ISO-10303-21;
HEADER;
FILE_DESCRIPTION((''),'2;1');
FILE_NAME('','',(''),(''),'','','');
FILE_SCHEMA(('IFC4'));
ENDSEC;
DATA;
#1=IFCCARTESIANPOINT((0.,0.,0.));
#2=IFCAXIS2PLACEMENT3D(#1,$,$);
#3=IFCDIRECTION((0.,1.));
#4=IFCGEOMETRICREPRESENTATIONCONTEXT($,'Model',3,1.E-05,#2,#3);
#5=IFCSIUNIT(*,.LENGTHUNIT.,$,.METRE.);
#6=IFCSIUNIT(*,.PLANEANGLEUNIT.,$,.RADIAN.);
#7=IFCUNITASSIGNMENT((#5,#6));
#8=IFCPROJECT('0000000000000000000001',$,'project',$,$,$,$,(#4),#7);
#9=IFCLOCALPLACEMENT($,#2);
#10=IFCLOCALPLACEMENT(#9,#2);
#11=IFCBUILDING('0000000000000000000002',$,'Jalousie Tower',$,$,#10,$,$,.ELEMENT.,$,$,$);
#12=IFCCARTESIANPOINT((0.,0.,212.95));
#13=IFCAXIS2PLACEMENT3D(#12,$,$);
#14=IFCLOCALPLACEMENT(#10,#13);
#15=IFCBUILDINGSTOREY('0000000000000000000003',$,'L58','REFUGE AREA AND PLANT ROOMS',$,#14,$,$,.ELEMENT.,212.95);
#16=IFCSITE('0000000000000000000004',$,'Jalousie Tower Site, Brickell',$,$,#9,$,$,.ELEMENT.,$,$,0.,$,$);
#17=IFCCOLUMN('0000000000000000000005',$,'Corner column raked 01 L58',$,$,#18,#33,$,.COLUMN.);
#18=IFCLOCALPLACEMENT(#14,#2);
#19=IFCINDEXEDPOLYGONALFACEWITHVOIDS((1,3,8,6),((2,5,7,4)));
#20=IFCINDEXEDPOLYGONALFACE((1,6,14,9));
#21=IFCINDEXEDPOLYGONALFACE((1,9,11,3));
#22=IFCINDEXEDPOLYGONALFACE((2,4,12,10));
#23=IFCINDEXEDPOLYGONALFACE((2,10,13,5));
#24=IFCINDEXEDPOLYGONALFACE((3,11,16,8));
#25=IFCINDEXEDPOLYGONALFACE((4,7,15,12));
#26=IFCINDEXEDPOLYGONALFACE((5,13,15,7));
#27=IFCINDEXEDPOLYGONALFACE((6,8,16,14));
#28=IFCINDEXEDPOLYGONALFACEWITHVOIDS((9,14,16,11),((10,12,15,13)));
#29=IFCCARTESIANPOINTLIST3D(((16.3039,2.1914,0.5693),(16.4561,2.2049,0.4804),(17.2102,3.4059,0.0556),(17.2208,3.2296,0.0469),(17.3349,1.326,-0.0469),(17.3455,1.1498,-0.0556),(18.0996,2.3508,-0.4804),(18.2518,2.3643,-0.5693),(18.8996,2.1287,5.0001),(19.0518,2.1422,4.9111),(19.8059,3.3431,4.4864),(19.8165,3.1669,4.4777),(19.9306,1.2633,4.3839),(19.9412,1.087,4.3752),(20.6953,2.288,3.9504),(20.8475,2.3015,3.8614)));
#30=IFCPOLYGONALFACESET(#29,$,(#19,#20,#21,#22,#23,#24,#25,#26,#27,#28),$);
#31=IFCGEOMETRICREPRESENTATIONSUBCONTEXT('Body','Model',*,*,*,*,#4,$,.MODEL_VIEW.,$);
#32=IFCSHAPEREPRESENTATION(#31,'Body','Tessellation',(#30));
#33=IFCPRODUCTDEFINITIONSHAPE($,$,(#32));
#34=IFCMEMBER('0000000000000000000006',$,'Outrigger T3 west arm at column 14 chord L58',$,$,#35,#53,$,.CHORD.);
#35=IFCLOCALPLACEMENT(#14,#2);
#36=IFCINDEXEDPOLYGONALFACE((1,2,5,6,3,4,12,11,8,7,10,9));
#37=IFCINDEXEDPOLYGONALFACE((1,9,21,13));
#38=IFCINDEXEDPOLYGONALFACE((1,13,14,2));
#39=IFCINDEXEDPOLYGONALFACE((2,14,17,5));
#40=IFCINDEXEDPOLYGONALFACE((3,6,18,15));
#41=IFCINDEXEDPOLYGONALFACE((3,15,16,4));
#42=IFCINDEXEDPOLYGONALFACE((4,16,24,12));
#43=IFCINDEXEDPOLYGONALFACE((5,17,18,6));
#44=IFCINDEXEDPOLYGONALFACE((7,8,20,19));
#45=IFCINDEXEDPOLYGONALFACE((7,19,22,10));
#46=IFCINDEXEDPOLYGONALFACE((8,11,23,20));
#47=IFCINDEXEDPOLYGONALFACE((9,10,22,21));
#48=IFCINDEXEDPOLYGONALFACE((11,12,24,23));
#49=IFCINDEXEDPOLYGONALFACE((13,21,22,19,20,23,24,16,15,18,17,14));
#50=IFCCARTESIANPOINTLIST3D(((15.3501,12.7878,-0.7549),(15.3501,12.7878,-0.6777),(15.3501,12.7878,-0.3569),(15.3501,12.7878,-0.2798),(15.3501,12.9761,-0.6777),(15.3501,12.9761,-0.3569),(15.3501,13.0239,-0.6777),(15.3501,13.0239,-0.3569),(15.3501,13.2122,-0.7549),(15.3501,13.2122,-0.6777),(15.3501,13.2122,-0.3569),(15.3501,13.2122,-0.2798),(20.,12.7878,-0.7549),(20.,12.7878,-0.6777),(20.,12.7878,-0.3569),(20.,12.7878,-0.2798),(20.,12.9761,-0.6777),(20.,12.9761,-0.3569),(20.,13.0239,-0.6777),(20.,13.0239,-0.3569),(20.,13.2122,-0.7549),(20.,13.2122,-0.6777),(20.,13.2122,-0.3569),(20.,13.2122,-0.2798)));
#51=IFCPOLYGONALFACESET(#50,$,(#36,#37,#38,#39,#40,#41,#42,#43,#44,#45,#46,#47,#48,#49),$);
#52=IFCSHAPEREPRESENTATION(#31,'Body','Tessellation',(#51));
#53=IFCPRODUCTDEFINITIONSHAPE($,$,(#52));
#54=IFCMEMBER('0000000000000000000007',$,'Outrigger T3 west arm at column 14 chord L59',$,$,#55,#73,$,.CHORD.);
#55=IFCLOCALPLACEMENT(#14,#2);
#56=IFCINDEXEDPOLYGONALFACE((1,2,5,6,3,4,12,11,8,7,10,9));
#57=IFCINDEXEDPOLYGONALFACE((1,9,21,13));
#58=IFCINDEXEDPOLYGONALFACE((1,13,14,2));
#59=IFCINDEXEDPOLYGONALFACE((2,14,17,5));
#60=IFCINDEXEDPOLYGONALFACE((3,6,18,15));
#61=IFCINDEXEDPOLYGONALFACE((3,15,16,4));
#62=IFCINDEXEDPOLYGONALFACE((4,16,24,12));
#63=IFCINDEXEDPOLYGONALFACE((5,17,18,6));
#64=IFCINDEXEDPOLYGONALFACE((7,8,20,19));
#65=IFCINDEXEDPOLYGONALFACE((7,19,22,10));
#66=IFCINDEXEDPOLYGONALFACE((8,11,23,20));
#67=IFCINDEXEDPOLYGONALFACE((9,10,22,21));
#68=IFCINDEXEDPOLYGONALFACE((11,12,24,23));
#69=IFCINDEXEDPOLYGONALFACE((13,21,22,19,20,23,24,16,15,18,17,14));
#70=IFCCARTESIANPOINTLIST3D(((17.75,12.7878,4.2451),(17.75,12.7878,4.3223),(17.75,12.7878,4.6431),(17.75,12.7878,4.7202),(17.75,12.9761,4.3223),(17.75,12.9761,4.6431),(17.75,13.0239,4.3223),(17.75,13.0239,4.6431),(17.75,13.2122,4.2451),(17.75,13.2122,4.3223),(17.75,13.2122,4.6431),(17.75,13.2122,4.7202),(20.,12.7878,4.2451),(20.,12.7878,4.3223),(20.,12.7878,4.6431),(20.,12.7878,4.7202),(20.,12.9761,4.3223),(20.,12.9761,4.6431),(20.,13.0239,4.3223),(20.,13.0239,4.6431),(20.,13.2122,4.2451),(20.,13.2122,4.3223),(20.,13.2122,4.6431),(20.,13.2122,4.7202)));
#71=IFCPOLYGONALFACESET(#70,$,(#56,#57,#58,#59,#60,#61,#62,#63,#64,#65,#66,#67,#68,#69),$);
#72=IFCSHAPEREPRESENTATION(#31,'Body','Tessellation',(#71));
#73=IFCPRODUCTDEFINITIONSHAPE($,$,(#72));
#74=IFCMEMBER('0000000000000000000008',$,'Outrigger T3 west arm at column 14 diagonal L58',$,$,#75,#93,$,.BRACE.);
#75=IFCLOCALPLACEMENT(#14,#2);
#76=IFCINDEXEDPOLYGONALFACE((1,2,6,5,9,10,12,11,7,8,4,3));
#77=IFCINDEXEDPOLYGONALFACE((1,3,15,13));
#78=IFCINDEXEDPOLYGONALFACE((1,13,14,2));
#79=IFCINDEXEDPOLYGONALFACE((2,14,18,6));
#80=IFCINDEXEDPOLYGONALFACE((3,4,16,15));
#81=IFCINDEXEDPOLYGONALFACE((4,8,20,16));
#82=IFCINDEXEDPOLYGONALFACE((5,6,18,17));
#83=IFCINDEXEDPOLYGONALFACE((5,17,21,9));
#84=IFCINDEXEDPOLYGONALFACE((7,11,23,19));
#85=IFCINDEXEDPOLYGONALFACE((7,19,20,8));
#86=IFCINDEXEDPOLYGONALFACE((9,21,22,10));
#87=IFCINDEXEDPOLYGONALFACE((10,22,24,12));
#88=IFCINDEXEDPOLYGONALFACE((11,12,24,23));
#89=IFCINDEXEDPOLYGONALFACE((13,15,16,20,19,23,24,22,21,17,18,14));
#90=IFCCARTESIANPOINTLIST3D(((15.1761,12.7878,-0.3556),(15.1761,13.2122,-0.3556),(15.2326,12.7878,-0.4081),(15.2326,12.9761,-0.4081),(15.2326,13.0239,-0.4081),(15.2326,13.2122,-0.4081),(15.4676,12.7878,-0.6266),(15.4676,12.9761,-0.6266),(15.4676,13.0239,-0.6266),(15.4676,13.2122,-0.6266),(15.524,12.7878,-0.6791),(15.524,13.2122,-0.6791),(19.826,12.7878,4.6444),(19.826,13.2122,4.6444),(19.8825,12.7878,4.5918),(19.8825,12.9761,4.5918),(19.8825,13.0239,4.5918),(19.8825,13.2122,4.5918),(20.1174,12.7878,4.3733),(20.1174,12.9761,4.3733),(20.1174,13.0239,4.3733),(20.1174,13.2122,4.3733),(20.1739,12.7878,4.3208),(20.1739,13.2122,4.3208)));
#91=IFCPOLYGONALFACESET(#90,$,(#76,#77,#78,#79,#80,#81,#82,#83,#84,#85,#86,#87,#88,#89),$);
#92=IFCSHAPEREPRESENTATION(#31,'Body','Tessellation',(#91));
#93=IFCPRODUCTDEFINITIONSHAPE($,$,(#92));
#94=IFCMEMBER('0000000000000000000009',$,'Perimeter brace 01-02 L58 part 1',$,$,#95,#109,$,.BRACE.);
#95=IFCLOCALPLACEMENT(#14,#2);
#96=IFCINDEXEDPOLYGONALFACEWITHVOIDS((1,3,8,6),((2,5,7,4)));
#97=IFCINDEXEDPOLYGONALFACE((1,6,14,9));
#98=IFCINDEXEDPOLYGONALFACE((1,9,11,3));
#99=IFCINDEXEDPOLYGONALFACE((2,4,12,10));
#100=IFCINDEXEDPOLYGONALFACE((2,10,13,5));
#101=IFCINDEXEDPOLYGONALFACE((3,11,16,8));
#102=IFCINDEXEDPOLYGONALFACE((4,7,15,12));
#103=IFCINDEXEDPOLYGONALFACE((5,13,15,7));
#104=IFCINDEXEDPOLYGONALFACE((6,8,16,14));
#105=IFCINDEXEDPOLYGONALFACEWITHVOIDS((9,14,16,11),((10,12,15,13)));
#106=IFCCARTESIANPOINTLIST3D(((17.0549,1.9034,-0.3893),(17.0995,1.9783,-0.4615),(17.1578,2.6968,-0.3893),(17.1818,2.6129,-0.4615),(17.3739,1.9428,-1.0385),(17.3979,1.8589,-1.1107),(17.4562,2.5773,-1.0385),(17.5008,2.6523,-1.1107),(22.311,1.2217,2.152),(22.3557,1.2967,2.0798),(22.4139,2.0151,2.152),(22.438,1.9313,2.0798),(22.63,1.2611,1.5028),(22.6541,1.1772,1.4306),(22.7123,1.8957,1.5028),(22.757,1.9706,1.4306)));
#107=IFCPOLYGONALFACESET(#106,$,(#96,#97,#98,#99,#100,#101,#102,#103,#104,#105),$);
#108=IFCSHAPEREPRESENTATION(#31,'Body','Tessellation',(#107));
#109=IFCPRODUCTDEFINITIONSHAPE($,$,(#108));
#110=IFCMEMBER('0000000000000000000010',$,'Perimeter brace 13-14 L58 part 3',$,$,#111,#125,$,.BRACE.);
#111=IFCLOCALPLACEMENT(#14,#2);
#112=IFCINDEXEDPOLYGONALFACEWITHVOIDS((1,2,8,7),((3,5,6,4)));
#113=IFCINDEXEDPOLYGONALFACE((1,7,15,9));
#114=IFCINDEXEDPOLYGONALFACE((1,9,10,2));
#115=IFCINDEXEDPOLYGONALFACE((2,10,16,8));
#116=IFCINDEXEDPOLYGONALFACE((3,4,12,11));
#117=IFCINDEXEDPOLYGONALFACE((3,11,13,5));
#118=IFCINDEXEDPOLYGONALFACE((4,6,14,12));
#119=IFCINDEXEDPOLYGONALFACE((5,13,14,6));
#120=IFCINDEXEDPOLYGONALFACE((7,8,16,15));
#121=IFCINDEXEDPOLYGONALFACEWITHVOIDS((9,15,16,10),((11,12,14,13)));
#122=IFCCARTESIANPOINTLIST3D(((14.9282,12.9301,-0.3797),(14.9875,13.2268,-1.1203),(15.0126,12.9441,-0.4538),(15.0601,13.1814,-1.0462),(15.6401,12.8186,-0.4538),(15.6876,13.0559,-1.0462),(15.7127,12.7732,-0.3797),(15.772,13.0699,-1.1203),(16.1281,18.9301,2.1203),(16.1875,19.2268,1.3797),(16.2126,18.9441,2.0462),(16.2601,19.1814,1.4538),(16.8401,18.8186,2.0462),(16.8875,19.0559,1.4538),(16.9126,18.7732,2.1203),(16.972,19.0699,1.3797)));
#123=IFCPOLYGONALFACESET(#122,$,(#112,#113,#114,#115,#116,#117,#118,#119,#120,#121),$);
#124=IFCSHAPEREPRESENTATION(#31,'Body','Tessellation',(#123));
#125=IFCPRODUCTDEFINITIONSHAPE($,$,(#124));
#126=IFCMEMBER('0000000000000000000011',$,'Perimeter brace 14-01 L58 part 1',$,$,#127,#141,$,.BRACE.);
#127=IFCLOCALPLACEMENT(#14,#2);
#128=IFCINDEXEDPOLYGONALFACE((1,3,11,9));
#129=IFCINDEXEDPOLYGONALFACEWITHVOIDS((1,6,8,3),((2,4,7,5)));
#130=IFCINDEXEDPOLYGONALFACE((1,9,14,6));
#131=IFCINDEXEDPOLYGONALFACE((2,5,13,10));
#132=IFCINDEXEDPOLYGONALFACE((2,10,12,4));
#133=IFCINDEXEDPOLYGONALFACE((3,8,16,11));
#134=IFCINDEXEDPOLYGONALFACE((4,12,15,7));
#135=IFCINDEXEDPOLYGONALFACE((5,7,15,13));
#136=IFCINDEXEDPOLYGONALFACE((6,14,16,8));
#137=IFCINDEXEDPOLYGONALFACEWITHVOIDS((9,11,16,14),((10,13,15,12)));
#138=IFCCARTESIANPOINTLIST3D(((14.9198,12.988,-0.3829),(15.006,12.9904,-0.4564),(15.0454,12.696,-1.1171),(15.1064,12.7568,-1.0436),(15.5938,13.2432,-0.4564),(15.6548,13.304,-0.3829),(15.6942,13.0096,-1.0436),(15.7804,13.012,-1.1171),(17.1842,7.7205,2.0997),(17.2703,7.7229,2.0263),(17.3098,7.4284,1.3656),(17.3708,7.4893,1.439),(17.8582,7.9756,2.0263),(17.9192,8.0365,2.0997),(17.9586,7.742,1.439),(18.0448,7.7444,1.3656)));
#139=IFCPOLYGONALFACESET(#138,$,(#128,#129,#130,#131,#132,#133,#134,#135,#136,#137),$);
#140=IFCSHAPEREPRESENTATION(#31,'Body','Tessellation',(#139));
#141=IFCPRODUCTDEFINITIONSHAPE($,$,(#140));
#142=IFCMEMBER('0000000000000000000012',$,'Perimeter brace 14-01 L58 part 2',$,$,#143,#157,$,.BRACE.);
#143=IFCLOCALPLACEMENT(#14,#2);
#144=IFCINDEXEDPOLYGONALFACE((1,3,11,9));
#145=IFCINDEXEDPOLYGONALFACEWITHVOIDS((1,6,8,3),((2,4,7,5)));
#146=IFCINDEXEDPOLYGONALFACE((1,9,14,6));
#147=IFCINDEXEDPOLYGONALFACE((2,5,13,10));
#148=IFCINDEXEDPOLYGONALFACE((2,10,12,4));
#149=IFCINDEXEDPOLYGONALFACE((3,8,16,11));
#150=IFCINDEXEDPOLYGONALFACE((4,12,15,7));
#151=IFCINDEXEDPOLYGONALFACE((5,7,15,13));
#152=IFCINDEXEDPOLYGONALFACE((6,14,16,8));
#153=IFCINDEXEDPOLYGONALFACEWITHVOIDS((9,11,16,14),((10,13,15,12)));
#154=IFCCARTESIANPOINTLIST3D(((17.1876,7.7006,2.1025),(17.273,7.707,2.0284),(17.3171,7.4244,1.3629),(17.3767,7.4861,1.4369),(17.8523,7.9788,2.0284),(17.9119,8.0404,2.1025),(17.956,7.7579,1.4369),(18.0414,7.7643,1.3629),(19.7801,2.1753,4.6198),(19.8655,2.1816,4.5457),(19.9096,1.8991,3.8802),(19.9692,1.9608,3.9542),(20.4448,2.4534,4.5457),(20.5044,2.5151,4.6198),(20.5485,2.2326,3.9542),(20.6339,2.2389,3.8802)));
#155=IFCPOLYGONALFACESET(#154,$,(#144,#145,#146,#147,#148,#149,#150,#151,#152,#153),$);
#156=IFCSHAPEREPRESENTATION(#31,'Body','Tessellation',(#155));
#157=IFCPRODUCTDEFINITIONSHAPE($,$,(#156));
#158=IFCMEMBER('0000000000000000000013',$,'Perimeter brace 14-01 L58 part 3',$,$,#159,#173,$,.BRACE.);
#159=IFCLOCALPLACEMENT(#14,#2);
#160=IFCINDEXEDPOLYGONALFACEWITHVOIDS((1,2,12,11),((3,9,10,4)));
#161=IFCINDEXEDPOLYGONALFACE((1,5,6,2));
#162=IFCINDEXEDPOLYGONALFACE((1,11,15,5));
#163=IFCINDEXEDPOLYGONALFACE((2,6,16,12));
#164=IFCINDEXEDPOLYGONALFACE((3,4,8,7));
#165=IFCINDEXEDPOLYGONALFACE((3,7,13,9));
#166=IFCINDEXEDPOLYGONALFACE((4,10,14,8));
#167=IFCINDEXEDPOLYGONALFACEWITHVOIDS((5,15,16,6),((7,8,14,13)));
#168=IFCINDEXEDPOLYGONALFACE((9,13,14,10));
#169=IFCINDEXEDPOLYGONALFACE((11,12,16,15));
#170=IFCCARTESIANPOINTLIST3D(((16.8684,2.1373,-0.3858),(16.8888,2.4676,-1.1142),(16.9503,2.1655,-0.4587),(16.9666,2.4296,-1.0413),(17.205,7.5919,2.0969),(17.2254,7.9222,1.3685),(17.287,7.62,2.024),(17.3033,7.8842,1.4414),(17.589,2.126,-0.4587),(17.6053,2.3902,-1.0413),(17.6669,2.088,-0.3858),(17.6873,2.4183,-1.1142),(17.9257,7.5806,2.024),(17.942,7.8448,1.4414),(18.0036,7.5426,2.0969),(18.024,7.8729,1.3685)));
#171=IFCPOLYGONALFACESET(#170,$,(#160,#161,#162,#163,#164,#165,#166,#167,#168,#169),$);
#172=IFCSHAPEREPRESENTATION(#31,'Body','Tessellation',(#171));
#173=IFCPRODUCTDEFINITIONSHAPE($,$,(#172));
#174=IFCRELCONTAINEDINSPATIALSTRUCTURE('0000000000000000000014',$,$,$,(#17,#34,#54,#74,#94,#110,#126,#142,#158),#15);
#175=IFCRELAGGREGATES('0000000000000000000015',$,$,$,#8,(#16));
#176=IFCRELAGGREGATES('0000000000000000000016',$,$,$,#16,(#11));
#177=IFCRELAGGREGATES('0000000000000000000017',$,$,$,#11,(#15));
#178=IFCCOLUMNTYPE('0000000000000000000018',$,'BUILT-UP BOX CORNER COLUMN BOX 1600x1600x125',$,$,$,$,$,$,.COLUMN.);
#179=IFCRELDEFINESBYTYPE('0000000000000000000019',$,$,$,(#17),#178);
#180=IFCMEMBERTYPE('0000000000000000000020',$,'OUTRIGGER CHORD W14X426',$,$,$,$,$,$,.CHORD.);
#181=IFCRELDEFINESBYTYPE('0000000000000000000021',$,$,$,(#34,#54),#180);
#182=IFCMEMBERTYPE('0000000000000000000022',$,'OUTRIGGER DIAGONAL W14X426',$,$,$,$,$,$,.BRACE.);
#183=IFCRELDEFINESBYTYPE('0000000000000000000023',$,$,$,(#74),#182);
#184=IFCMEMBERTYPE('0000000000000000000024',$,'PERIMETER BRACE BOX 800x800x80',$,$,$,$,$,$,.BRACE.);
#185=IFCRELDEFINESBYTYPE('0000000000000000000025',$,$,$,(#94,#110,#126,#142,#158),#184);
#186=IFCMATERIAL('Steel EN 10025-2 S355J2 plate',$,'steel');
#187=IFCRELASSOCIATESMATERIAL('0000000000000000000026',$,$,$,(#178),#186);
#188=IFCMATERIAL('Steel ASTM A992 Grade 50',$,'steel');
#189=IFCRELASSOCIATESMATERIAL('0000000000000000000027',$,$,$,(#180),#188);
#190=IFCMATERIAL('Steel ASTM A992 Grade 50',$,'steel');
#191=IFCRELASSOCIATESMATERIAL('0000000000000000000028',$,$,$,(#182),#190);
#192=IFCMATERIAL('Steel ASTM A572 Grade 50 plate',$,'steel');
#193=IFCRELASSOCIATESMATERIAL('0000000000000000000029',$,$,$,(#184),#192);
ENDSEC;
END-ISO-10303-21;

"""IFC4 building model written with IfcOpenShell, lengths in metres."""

from ifc_helpers import new_model, si_unit, direction, frame, origin, origin_2d, place, context, subcontext, project, spatial, hollow_rectangle, i_section, extrude, material, material_profile, profile_set, type_object, element, save


model = new_model("IFC4")

# Units and contexts
model_context = context("Model", 3, precision=1e-05, world=origin(), true_north=direction((0.0, 1.0)))
body_context = subcontext(model_context, "Body", "Model", "MODEL_VIEW")
ifc_project = project(units=[si_unit("LENGTHUNIT", "METRE"), si_unit("PLANEANGLEUNIT", "RADIAN")], contexts=[model_context])

# Site, building, storey
site_placement = place(None, origin())
site = spatial("IfcSite", under=ifc_project, at=site_placement, Name="Jalousie Tower Site, Brickell", CompositionType="ELEMENT", RefElevation=0.0)
building_placement = place(site_placement, origin())
building = spatial("IfcBuilding", under=site, at=building_placement, Name="Jalousie Tower", CompositionType="ELEMENT")
storey_placement = place(building_placement, frame((0.0, 0.0, 212.95)))
storey = spatial("IfcBuildingStorey", under=building, at=storey_placement, Name="L58", Description="REFUGE AREA AND PLANT ROOMS", CompositionType="ELEMENT", Elevation=212.95)

# Column
ifc_material_1 = material(Name="Steel EN 10025-2 S355J2 plate", Category="steel")
ifc_material_profile_1 = material_profile(ifc_material_1, hollow_rectangle(XDim=1.6001, YDim=1.6001, WallThickness=0.125, at=origin_2d()), Name="BOX 1600x1600x125")
ifc_profile_set_1 = profile_set([ifc_material_profile_1], Name="Steel EN 10025-2 S355J2 plate")
column_type = type_object("IfcColumnType", Name="BUILT-UP BOX CORNER COLUMN BOX 1600x1600x125", PredefinedType="COLUMN", material=ifc_profile_set_1)
column_placement = place(storey_placement, frame((17.2778, 2.2778, 0.0), z_axis=(0.505446, -0.012217, 0.862772), x_axis=(0.566406, 0.759009, -0.321075)))
element("IfcColumn", 1, at=column_placement, inside=storey, type_object=column_type, Name="Corner column raked 01 L58", PredefinedType="COLUMN", context=body_context, shape_type="SweptSolid", body=[
    extrude(hollow_rectangle(XDim=1.6001, YDim=1.6001, WallThickness=0.125, at=origin_2d()), origin(), (0.0, 0.0, 1.0), 5.1355),
])

# Members
ifc_material_2 = material(Name="Steel ASTM A992 Grade 50", Category="steel")
ifc_material_profile_2 = material_profile(ifc_material_2, i_section(OverallWidth=0.4243, OverallDepth=0.4751, WebThickness=0.0479, FlangeThickness=0.0771, at=origin_2d()), Name="W14X426")
ifc_profile_set_2 = profile_set([ifc_material_profile_2], Name="Steel ASTM A992 Grade 50")
member_type_1 = type_object("IfcMemberType", Name="OUTRIGGER CHORD W14X426", PredefinedType="CHORD", material=ifc_profile_set_2)
member_1_placement = place(storey_placement, frame((15.3501, 13.0, -0.5173), z_axis=(1.0, 0.0, 0.0), x_axis=(0.0, 1.0, 0.0)))
element("IfcMember", 2, at=member_1_placement, inside=storey, type_object=member_type_1, Name="Outrigger T3 west arm at column 14 chord L58", PredefinedType="CHORD", context=body_context, shape_type="SweptSolid", body=[
    extrude(i_section(OverallWidth=0.4243, OverallDepth=0.4751, WebThickness=0.0479, FlangeThickness=0.0771, at=origin_2d()), origin(), (0.0, 0.0, 1.0), 4.6499),
])
member_2_placement = place(storey_placement, frame((17.75, 13.0, 4.4827), z_axis=(1.0, 0.0, 0.0), x_axis=(0.0, 1.0, 0.0)))
element("IfcMember", 3, at=member_2_placement, inside=storey, type_object=member_type_1, Name="Outrigger T3 west arm at column 14 chord L59", PredefinedType="CHORD", context=body_context, shape_type="SweptSolid", body=[
    extrude(i_section(OverallWidth=0.4243, OverallDepth=0.4751, WebThickness=0.0479, FlangeThickness=0.0771, at=origin_2d()), origin(), (0.0, 0.0, 1.0), 2.25),
])
ifc_material_3 = material(Name="Steel ASTM A992 Grade 50", Category="steel")
ifc_material_profile_3 = material_profile(ifc_material_3, i_section(OverallWidth=0.4243, OverallDepth=0.4751, WebThickness=0.0479, FlangeThickness=0.0771, at=origin_2d()), Name="W14X426")
ifc_profile_set_3 = profile_set([ifc_material_profile_3], Name="Steel ASTM A992 Grade 50")
member_type_2 = type_object("IfcMemberType", Name="OUTRIGGER DIAGONAL W14X426", PredefinedType="BRACE", material=ifc_profile_set_3)
member_3_placement = place(storey_placement, frame((15.3501, 13.0, -0.5173), z_axis=(0.681005, 0.0, 0.732279), x_axis=(0.0, 1.0, 0.0)))
element("IfcMember", 4, at=member_3_placement, inside=storey, type_object=member_type_2, Name="Outrigger T3 west arm at column 14 diagonal L58", PredefinedType="BRACE", context=body_context, shape_type="SweptSolid", body=[
    extrude(i_section(OverallWidth=0.4243, OverallDepth=0.4751, WebThickness=0.0479, FlangeThickness=0.0771, at=origin_2d()), origin(), (0.0, 0.0, 1.0), 6.8279),
])
ifc_material_4 = material(Name="Steel ASTM A572 Grade 50 plate", Category="steel")
ifc_material_profile_4 = material_profile(ifc_material_4, hollow_rectangle(XDim=0.8, YDim=0.8, WallThickness=0.0801, at=origin_2d()), Name="BOX 800x800x80")
ifc_profile_set_4 = profile_set([ifc_material_profile_4], Name="Steel ASTM A572 Grade 50 plate")
member_type_3 = type_object("IfcMemberType", Name="PERIMETER BRACE BOX 800x800x80", PredefinedType="BRACE", material=ifc_profile_set_4)
member_4_placement = place(storey_placement, frame((17.2778, 2.2778, -0.75), z_axis=(0.89422, -0.115967, 0.432344), x_axis=(0.128609, 0.991695, 0.0)))
element("IfcMember", 5, at=member_4_placement, inside=storey, type_object=member_type_3, Name="Perimeter brace 01-02 L58 part 1", PredefinedType="BRACE", context=body_context, shape_type="SweptSolid", body=[
    extrude(hollow_rectangle(XDim=0.8, YDim=0.8, WallThickness=0.0801, at=origin_2d()), origin(), (0.0, 0.0, 1.0), 5.8779),
])
member_5_placement = place(storey_placement, frame((15.3501, 13.0, -0.75), z_axis=(0.18154, 0.907739, 0.378224), x_axis=(-0.980582, 0.196108, 0.0)))
element("IfcMember", 6, at=member_5_placement, inside=storey, type_object=member_type_3, Name="Perimeter brace 13-14 L58 part 3", PredefinedType="BRACE", context=body_context, shape_type="SweptSolid", body=[
    extrude(hollow_rectangle(XDim=0.8, YDim=0.8, WallThickness=0.0801, at=origin_2d()), origin(), (0.0, 0.0, 1.0), 6.6099),
])
member_6_placement = place(storey_placement, frame((15.3501, 13.0, -0.75), z_axis=(0.362416, -0.843071, 0.397348), x_axis=(0.918711, 0.394931, 0.0)))
element("IfcMember", 7, at=member_6_placement, inside=storey, type_object=member_type_3, Name="Perimeter brace 14-01 L58 part 1", PredefinedType="BRACE", context=body_context, shape_type="SweptSolid", body=[
    extrude(hollow_rectangle(XDim=0.8, YDim=0.8, WallThickness=0.0801, at=origin_2d()), origin(), (0.0, 0.0, 1.0), 6.248),
])
member_7_placement = place(storey_placement, frame((17.6145, 7.7324, 1.7327), z_axis=(0.392681, -0.83691, 0.381291), x_axis=(0.905301, 0.42477, 0.0)))
element("IfcMember", 8, at=member_7_placement, inside=storey, type_object=member_type_3, Name="Perimeter brace 14-01 L58 part 2", PredefinedType="BRACE", context=body_context, shape_type="SweptSolid", body=[
    extrude(hollow_rectangle(XDim=0.8, YDim=0.8, WallThickness=0.0801, at=origin_2d()), origin(), (0.0, 0.0, 1.0), 6.6021),
])
member_8_placement = place(storey_placement, frame((17.2778, 2.2778, -0.75), z_axis=(0.056089, 0.908726, 0.413608), x_axis=(-0.998101, 0.061605, 0.0)))
element("IfcMember", 9, at=member_8_placement, inside=storey, type_object=member_type_3, Name="Perimeter brace 14-01 L58 part 3", PredefinedType="BRACE", context=body_context, shape_type="SweptSolid", body=[
    extrude(hollow_rectangle(XDim=0.8, YDim=0.8, WallThickness=0.0801, at=origin_2d()), origin(), (0.0, 0.0, 1.0), 6.0024),
])

save(model, "model.ifc")
